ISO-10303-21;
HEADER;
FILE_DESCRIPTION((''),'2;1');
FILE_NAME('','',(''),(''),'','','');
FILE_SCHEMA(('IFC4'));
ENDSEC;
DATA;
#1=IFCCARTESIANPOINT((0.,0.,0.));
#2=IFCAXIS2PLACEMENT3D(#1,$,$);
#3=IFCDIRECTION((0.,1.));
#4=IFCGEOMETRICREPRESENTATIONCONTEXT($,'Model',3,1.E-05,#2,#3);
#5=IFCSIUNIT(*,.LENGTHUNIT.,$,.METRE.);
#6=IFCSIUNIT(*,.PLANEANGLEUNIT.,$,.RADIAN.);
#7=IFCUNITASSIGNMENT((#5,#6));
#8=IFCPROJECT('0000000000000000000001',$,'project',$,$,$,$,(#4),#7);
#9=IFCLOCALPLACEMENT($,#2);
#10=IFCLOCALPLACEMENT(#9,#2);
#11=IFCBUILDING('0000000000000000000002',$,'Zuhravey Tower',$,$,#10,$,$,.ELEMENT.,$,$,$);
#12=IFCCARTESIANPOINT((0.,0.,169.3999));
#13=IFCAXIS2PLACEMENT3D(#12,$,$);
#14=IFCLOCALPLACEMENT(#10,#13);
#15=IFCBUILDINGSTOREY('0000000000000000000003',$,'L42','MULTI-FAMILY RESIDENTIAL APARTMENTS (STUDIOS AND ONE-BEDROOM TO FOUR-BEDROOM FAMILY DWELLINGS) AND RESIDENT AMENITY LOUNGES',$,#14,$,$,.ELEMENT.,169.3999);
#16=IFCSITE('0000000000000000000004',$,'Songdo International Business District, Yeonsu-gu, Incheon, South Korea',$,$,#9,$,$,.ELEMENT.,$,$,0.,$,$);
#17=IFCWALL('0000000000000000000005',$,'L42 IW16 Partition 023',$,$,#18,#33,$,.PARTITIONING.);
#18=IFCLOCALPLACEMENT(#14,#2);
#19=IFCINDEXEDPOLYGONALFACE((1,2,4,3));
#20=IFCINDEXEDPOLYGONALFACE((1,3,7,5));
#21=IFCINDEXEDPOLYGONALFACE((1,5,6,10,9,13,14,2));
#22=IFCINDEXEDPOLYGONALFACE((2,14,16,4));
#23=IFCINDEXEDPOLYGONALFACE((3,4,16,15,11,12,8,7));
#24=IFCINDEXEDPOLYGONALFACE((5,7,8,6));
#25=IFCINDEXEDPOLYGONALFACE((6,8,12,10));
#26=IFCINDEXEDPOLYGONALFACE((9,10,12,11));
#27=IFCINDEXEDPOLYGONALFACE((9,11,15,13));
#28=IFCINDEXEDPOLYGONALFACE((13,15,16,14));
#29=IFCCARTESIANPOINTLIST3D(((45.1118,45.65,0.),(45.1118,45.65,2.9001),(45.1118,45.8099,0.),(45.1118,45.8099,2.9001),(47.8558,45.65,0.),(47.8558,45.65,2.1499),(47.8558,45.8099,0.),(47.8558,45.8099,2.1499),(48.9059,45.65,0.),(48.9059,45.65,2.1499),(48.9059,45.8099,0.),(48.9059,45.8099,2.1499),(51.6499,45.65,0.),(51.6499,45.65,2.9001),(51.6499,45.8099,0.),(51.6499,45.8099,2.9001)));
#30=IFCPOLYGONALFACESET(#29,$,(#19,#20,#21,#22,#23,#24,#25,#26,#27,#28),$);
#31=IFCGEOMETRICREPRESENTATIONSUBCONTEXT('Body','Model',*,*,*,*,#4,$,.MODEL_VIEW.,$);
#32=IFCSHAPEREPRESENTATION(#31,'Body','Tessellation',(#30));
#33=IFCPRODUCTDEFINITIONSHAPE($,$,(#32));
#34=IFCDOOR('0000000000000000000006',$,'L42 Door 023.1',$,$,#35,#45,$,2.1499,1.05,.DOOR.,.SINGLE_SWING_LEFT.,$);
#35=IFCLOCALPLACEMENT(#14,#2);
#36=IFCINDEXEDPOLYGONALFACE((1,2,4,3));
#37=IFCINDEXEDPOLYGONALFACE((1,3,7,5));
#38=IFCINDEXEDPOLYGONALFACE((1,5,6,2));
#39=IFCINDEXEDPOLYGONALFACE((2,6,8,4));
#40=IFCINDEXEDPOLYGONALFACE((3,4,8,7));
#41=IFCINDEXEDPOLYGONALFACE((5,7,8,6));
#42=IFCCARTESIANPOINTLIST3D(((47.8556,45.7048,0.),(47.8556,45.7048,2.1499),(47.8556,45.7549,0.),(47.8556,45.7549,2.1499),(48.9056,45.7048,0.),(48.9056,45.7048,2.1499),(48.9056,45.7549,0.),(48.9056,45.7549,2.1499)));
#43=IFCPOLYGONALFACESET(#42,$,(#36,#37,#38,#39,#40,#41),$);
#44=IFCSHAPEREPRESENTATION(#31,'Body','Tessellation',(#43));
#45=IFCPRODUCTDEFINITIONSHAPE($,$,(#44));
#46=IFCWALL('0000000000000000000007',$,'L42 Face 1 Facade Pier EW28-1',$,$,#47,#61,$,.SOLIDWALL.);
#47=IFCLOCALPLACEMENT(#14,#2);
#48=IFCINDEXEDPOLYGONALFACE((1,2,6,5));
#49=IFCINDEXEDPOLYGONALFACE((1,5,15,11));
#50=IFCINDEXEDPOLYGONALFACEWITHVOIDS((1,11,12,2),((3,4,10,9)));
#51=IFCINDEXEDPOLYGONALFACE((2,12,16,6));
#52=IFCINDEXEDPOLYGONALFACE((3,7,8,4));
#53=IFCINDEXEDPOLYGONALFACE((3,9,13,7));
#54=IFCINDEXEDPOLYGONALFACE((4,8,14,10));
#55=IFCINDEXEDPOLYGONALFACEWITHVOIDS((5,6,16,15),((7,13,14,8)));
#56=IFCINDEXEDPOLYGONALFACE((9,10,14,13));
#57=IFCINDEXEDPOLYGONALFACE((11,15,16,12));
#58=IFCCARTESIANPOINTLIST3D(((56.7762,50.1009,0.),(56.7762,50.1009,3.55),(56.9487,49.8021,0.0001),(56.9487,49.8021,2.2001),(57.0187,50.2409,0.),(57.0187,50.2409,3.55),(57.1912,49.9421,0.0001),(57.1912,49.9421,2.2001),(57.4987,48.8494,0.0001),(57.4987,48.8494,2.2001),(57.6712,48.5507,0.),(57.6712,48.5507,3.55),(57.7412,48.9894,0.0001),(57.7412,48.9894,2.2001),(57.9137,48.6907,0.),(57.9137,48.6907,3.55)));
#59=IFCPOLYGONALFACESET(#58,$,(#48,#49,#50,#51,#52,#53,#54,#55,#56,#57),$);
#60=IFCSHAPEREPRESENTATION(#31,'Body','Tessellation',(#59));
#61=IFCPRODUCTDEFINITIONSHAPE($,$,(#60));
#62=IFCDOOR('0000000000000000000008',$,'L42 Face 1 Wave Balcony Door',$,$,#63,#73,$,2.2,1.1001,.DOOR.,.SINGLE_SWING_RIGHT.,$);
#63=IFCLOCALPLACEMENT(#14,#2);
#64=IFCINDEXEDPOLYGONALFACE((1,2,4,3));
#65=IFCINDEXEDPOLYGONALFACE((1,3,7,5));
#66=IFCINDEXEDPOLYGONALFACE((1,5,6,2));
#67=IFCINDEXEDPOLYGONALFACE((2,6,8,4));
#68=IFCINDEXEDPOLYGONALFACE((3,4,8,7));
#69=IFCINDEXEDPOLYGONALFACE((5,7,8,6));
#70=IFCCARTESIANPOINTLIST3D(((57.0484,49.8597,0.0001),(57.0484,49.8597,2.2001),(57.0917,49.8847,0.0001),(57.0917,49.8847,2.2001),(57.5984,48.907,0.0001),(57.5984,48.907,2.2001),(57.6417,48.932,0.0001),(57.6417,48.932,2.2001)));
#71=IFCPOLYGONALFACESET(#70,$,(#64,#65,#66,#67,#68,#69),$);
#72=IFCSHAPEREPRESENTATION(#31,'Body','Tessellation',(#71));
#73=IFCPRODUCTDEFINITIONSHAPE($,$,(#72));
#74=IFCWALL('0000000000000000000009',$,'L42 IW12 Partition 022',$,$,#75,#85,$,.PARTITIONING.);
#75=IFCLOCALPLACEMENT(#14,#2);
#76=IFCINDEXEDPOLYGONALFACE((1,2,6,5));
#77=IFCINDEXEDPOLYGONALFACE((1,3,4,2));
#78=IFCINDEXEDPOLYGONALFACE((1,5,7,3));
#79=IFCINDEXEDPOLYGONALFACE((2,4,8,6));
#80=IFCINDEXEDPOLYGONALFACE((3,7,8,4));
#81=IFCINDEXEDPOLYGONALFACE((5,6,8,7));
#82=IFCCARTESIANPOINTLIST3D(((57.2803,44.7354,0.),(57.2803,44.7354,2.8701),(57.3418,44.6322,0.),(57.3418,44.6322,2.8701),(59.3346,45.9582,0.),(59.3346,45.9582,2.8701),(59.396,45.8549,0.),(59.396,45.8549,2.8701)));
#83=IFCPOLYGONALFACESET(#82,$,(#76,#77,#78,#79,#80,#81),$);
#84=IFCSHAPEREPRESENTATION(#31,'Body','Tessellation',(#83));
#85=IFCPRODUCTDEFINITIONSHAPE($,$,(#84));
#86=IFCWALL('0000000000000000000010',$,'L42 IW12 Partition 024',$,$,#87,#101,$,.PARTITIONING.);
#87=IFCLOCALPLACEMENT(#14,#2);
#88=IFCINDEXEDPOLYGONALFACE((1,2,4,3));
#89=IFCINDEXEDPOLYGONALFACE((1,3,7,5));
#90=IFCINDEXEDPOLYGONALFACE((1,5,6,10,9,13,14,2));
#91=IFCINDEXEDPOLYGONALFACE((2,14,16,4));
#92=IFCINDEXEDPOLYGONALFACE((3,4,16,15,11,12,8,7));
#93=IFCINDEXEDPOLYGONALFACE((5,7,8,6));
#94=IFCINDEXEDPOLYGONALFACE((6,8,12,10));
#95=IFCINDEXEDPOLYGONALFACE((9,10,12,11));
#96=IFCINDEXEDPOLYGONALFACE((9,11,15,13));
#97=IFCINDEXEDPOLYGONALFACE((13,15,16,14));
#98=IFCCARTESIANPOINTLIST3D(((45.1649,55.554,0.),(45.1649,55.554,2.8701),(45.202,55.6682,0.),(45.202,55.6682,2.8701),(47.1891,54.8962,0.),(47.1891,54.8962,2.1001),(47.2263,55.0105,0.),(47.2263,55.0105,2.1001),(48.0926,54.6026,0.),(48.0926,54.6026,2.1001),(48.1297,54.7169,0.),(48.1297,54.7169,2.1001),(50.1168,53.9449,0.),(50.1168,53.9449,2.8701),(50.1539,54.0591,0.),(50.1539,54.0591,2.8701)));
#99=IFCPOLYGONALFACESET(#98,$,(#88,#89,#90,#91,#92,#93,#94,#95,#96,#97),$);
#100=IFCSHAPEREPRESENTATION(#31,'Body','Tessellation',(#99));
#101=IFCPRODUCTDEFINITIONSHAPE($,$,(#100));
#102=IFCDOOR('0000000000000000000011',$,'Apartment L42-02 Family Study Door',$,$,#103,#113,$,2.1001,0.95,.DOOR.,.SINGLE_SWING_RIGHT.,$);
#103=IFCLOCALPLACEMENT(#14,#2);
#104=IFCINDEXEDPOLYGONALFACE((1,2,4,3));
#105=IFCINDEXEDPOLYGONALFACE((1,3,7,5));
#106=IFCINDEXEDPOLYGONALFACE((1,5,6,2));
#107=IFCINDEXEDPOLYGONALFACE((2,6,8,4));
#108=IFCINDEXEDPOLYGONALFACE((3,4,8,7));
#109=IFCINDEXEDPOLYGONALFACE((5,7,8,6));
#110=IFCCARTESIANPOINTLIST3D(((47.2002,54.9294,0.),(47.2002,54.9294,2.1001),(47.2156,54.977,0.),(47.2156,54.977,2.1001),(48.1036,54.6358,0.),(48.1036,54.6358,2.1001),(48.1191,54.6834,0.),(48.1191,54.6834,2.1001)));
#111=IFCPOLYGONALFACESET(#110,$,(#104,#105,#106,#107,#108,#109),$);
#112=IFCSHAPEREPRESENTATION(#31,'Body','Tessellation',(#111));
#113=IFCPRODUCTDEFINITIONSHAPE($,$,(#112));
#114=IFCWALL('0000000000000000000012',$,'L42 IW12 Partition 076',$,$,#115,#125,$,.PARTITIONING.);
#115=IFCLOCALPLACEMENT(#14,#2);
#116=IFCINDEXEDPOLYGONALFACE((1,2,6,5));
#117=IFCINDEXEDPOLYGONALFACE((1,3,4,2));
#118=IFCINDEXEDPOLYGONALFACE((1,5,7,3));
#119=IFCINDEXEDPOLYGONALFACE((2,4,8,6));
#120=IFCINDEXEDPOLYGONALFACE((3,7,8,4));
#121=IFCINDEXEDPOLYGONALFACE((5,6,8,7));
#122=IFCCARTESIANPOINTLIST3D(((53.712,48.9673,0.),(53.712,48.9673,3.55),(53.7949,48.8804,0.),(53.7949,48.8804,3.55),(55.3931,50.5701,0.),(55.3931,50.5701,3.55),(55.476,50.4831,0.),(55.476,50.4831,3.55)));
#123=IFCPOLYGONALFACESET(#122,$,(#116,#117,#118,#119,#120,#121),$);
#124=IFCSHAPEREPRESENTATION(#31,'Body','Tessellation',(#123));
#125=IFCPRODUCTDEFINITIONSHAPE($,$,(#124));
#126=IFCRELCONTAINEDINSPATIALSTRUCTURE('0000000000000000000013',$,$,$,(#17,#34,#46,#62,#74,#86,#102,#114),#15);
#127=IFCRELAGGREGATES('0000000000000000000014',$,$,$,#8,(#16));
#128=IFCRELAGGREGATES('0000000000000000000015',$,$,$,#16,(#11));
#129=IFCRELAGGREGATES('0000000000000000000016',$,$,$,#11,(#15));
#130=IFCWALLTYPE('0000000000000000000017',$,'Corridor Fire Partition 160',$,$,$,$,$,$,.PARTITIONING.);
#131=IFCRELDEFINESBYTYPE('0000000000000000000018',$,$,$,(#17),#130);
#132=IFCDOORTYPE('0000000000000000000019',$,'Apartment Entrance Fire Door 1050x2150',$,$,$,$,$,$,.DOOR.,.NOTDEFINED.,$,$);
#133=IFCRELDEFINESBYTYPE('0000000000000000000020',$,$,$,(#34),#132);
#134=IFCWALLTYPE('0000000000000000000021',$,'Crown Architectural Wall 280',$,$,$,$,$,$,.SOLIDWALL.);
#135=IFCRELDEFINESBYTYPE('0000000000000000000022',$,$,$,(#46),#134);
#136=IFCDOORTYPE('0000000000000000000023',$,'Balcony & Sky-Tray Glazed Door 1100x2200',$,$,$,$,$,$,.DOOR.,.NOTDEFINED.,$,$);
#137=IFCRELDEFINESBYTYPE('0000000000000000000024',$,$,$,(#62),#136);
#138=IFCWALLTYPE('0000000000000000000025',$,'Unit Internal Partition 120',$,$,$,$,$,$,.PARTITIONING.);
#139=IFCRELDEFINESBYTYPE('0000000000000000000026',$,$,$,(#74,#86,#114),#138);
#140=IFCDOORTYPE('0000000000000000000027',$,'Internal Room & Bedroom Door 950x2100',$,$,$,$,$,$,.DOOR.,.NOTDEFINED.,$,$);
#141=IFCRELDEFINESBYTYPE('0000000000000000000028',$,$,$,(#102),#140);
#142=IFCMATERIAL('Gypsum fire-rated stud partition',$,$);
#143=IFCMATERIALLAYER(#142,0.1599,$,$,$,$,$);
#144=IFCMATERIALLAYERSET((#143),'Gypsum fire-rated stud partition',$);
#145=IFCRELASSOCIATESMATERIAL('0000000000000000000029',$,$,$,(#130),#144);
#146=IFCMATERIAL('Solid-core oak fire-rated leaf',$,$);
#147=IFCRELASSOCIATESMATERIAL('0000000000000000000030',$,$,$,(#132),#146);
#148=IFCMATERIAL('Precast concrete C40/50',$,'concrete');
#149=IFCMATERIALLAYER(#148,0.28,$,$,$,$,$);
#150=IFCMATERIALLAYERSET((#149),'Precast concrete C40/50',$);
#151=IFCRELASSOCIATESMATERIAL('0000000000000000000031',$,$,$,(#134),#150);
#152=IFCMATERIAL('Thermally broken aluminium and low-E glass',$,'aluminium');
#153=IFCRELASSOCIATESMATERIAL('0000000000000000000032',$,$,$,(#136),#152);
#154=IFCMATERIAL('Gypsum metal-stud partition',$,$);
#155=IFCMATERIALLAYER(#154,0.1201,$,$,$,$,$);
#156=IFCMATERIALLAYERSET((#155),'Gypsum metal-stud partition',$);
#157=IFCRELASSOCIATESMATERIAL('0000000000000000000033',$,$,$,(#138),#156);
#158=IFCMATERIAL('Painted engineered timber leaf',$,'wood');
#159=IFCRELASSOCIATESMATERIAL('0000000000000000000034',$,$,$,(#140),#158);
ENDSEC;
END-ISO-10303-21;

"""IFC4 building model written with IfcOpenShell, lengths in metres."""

from ifc_helpers import new_model, si_unit, direction, frame, frame_2d, origin, place, context, subcontext, project, spatial, rectangle, extrude, material, layer, layer_set, type_object, element, fill, save


model = new_model("IFC4")

# Units and contexts
model_context = context("Model", 3, precision=1e-05, world=origin(), true_north=direction((0.0, 1.0)))
body_context = subcontext(model_context, "Body", "Model", "MODEL_VIEW")
ifc_project = project(units=[si_unit("LENGTHUNIT", "METRE"), si_unit("PLANEANGLEUNIT", "RADIAN")], contexts=[model_context])

# Site, building, storey
site_placement = place(None, origin())
site = spatial("IfcSite", under=ifc_project, at=site_placement, Name="Songdo International Business District, Yeonsu-gu, Incheon, South Korea", CompositionType="ELEMENT", RefElevation=0.0)
building_placement = place(site_placement, origin())
building = spatial("IfcBuilding", under=site, at=building_placement, Name="Zuhravey Tower", CompositionType="ELEMENT")
storey_placement = place(building_placement, frame((0.0, 0.0, 169.3999)))
storey = spatial("IfcBuildingStorey", under=building, at=storey_placement, Name="L42", Description="MULTI-FAMILY RESIDENTIAL APARTMENTS (STUDIOS AND ONE-BEDROOM TO FOUR-BEDROOM FAMILY DWELLINGS) AND RESIDENT AMENITY LOUNGES", CompositionType="ELEMENT", Elevation=169.3999)

# Walls, openings, doors
ifc_material_1 = material(Name="Gypsum fire-rated stud partition")
ifc_layer_1 = layer(ifc_material_1, 0.1599)
ifc_layer_set_1 = layer_set([ifc_layer_1], Name="Gypsum fire-rated stud partition")
wall_type_1 = type_object("IfcWallType", Name="Corridor Fire Partition 160", PredefinedType="PARTITIONING", material=ifc_layer_set_1)
wall_1_placement = place(storey_placement, frame((51.6499, 45.73, 0.0), z_axis=(0.0, 0.0, 1.0), x_axis=(-1.0, 0.0, 0.0)))
wall_1 = element("IfcWall", 1, at=wall_1_placement, inside=storey, type_object=wall_type_1, Name="L42 IW16 Partition 023", PredefinedType="PARTITIONING", context=body_context, shape_type="SweptSolid", body=[
    extrude(rectangle(XDim=6.5381, YDim=0.1599, at=frame_2d((3.269, 0.0))), origin(), (0.0, 0.0, 1.0), 2.9001),
])
opening_1_placement = place(wall_1_placement, frame((2.7441, 0.0, 0.0)))
opening_1 = element("IfcOpeningElement", 2, at=opening_1_placement, cuts=wall_1, PredefinedType="OPENING", context=body_context, shape_type="SweptSolid", body=[
    extrude(rectangle(XDim=1.05, YDim=2.1499, at=frame_2d((0.5249, 1.075))), frame((0.0, 0.092, 0.0), z_axis=(0.0, -1.0, 0.0), x_axis=(1.0, 0.0, 0.0)), (0.0, 0.0, 1.0), 0.1838),
])
ifc_material_2 = material(Name="Solid-core oak fire-rated leaf")
door_type_1 = type_object("IfcDoorType", Name="Apartment Entrance Fire Door 1050x2150", OperationType="NOTDEFINED", PredefinedType="DOOR", material=ifc_material_2)
door_1_placement = place(opening_1_placement, frame((1.05, 0.0, 0.0), z_axis=(0.0, 0.0, 1.0), x_axis=(-1.0, 0.0, 0.0)))
door_1 = element("IfcDoor", 3, at=door_1_placement, inside=storey, type_object=door_type_1, Name="L42 Door 023.1", OperationType="SINGLE_SWING_LEFT", OverallHeight=2.1499, OverallWidth=1.05, PredefinedType="DOOR", context=body_context, shape_type="SweptSolid", body=[
    extrude(rectangle(XDim=1.05, YDim=2.1499, at=frame_2d((0.5249, 1.075))), frame((0.0, 0.0249, 0.0), z_axis=(0.0, -1.0, 0.0), x_axis=(1.0, 0.0, 0.0)), (0.0, 0.0, 1.0), 0.05),
])
fill(opening_1, door_1)
ifc_material_3 = material(Name="Precast concrete C40/50", Category="concrete")
ifc_layer_2 = layer(ifc_material_3, 0.28)
ifc_layer_set_2 = layer_set([ifc_layer_2], Name="Precast concrete C40/50")
wall_type_2 = type_object("IfcWallType", Name="Crown Architectural Wall 280", PredefinedType="SOLIDWALL", material=ifc_layer_set_2)
wall_2_placement = place(storey_placement, frame((56.8975, 50.1709, 0.0), z_axis=(0.0, 0.0, 1.0), x_axis=(0.499982, -0.866036, 0.0)))
wall_2 = element("IfcWall", 4, at=wall_2_placement, inside=storey, type_object=wall_type_2, Name="L42 Face 1 Facade Pier EW28-1", PredefinedType="SOLIDWALL", context=body_context, shape_type="SweptSolid", body=[
    extrude(rectangle(XDim=1.79, YDim=0.28, at=frame_2d((0.895, 0.0))), origin(), (0.0, 0.0, 1.0), 3.55),
])
opening_2_placement = place(wall_2_placement, frame((0.345, 0.0, 0.0)))
opening_2 = element("IfcOpeningElement", 5, at=opening_2_placement, cuts=wall_2, PredefinedType="OPENING", context=body_context, shape_type="SweptSolid", body=[
    extrude(rectangle(XDim=1.1001, YDim=2.2, at=frame_2d((0.55, 1.1001))), frame((0.0, 0.1521, 0.0), z_axis=(0.0, -1.0, 0.0), x_axis=(1.0, 0.0, 0.0)), (0.0, 0.0, 1.0), 0.304),
])
ifc_material_4 = material(Name="Thermally broken aluminium and low-E glass", Category="aluminium")
door_type_2 = type_object("IfcDoorType", Name="Balcony & Sky-Tray Glazed Door 1100x2200", OperationType="NOTDEFINED", PredefinedType="DOOR", material=ifc_material_4)
door_2_placement = place(opening_2_placement, frame((1.1001, 0.0, 0.0), z_axis=(0.0, 0.0, 1.0), x_axis=(-1.0, 0.0, 0.0)))
door_2 = element("IfcDoor", 6, at=door_2_placement, inside=storey, type_object=door_type_2, Name="L42 Face 1 Wave Balcony Door", OperationType="SINGLE_SWING_RIGHT", OverallHeight=2.2, OverallWidth=1.1001, PredefinedType="DOOR", context=body_context, shape_type="SweptSolid", body=[
    extrude(rectangle(XDim=1.1001, YDim=2.2, at=frame_2d((0.55, 1.1001))), frame((0.0, 0.0249, 0.0), z_axis=(0.0, -1.0, 0.0), x_axis=(1.0, 0.0, 0.0)), (0.0, 0.0, 1.0), 0.05),
])
fill(opening_2, door_2)

# Wall
ifc_material_5 = material(Name="Gypsum metal-stud partition")
ifc_layer_3 = layer(ifc_material_5, 0.1201)
ifc_layer_set_3 = layer_set([ifc_layer_3], Name="Gypsum metal-stud partition")
wall_type_3 = type_object("IfcWallType", Name="Unit Internal Partition 120", PredefinedType="PARTITIONING", material=ifc_layer_set_3)
wall_3_placement = place(storey_placement, frame((57.311, 44.6838, 0.0), z_axis=(0.0, 0.0, 1.0), x_axis=(0.859308, 0.511459, 0.0)))
element("IfcWall", 7, at=wall_3_placement, inside=storey, type_object=wall_type_3, Name="L42 IW12 Partition 022", PredefinedType="PARTITIONING", context=body_context, shape_type="SweptSolid", body=[
    extrude(rectangle(XDim=2.3906, YDim=0.1201, at=frame_2d((1.1953, 0.0))), origin(), (0.0, 0.0, 1.0), 2.8701),
])

# Wall, opening, door
wall_4_placement = place(storey_placement, frame((50.1355, 54.002, 0.0), z_axis=(0.0, 0.0, 1.0), x_axis=(-0.951048, 0.309045, 0.0)))
wall_4 = element("IfcWall", 8, at=wall_4_placement, inside=storey, type_object=wall_type_3, Name="L42 IW12 Partition 024", PredefinedType="PARTITIONING", context=body_context, shape_type="SweptSolid", body=[
    extrude(rectangle(XDim=5.2068, YDim=0.1201, at=frame_2d((2.6035, 0.0))), origin(), (0.0, 0.0, 1.0), 2.8701),
])
opening_3_placement = place(wall_4_placement, frame((2.1284, 0.0, 0.0)))
opening_3 = element("IfcOpeningElement", 9, at=opening_3_placement, cuts=wall_4, PredefinedType="OPENING", context=body_context, shape_type="SweptSolid", body=[
    extrude(rectangle(XDim=0.95, YDim=2.1001, at=frame_2d((0.4751, 1.05))), frame((0.0, 0.072, 0.0), z_axis=(0.0, -1.0, 0.0), x_axis=(1.0, 0.0, 0.0)), (0.0, 0.0, 1.0), 0.144),
])
ifc_material_6 = material(Name="Painted engineered timber leaf", Category="wood")
door_type_3 = type_object("IfcDoorType", Name="Internal Room & Bedroom Door 950x2100", OperationType="NOTDEFINED", PredefinedType="DOOR", material=ifc_material_6)
door_3_placement = place(opening_3_placement, frame((0.95, 0.0, 0.0), z_axis=(0.0, 0.0, 1.0), x_axis=(-1.0, 0.0, 0.0)))
door_3 = element("IfcDoor", 10, at=door_3_placement, inside=storey, type_object=door_type_3, Name="Apartment L42-02 Family Study Door", OperationType="SINGLE_SWING_RIGHT", OverallHeight=2.1001, OverallWidth=0.95, PredefinedType="DOOR", context=body_context, shape_type="SweptSolid", body=[
    extrude(rectangle(XDim=0.95, YDim=2.1001, at=frame_2d((0.4751, 1.05))), frame((0.0, 0.0249, 0.0), z_axis=(0.0, -1.0, 0.0), x_axis=(1.0, 0.0, 0.0)), (0.0, 0.0, 1.0), 0.05),
])
fill(opening_3, door_3)

# Wall
wall_5_placement = place(storey_placement, frame((53.7534, 48.9238, 0.0), z_axis=(0.0, 0.0, 1.0), x_axis=(0.723775, 0.690036, 0.0)))
element("IfcWall", 11, at=wall_5_placement, inside=storey, type_object=wall_type_3, Name="L42 IW12 Partition 076", PredefinedType="PARTITIONING", context=body_context, shape_type="SweptSolid", body=[
    extrude(rectangle(XDim=2.3228, YDim=0.1201, at=frame_2d((1.1614, 0.0))), origin(), (0.0, 0.0, 1.0), 3.55),
])

save(model, "model.ifc")
